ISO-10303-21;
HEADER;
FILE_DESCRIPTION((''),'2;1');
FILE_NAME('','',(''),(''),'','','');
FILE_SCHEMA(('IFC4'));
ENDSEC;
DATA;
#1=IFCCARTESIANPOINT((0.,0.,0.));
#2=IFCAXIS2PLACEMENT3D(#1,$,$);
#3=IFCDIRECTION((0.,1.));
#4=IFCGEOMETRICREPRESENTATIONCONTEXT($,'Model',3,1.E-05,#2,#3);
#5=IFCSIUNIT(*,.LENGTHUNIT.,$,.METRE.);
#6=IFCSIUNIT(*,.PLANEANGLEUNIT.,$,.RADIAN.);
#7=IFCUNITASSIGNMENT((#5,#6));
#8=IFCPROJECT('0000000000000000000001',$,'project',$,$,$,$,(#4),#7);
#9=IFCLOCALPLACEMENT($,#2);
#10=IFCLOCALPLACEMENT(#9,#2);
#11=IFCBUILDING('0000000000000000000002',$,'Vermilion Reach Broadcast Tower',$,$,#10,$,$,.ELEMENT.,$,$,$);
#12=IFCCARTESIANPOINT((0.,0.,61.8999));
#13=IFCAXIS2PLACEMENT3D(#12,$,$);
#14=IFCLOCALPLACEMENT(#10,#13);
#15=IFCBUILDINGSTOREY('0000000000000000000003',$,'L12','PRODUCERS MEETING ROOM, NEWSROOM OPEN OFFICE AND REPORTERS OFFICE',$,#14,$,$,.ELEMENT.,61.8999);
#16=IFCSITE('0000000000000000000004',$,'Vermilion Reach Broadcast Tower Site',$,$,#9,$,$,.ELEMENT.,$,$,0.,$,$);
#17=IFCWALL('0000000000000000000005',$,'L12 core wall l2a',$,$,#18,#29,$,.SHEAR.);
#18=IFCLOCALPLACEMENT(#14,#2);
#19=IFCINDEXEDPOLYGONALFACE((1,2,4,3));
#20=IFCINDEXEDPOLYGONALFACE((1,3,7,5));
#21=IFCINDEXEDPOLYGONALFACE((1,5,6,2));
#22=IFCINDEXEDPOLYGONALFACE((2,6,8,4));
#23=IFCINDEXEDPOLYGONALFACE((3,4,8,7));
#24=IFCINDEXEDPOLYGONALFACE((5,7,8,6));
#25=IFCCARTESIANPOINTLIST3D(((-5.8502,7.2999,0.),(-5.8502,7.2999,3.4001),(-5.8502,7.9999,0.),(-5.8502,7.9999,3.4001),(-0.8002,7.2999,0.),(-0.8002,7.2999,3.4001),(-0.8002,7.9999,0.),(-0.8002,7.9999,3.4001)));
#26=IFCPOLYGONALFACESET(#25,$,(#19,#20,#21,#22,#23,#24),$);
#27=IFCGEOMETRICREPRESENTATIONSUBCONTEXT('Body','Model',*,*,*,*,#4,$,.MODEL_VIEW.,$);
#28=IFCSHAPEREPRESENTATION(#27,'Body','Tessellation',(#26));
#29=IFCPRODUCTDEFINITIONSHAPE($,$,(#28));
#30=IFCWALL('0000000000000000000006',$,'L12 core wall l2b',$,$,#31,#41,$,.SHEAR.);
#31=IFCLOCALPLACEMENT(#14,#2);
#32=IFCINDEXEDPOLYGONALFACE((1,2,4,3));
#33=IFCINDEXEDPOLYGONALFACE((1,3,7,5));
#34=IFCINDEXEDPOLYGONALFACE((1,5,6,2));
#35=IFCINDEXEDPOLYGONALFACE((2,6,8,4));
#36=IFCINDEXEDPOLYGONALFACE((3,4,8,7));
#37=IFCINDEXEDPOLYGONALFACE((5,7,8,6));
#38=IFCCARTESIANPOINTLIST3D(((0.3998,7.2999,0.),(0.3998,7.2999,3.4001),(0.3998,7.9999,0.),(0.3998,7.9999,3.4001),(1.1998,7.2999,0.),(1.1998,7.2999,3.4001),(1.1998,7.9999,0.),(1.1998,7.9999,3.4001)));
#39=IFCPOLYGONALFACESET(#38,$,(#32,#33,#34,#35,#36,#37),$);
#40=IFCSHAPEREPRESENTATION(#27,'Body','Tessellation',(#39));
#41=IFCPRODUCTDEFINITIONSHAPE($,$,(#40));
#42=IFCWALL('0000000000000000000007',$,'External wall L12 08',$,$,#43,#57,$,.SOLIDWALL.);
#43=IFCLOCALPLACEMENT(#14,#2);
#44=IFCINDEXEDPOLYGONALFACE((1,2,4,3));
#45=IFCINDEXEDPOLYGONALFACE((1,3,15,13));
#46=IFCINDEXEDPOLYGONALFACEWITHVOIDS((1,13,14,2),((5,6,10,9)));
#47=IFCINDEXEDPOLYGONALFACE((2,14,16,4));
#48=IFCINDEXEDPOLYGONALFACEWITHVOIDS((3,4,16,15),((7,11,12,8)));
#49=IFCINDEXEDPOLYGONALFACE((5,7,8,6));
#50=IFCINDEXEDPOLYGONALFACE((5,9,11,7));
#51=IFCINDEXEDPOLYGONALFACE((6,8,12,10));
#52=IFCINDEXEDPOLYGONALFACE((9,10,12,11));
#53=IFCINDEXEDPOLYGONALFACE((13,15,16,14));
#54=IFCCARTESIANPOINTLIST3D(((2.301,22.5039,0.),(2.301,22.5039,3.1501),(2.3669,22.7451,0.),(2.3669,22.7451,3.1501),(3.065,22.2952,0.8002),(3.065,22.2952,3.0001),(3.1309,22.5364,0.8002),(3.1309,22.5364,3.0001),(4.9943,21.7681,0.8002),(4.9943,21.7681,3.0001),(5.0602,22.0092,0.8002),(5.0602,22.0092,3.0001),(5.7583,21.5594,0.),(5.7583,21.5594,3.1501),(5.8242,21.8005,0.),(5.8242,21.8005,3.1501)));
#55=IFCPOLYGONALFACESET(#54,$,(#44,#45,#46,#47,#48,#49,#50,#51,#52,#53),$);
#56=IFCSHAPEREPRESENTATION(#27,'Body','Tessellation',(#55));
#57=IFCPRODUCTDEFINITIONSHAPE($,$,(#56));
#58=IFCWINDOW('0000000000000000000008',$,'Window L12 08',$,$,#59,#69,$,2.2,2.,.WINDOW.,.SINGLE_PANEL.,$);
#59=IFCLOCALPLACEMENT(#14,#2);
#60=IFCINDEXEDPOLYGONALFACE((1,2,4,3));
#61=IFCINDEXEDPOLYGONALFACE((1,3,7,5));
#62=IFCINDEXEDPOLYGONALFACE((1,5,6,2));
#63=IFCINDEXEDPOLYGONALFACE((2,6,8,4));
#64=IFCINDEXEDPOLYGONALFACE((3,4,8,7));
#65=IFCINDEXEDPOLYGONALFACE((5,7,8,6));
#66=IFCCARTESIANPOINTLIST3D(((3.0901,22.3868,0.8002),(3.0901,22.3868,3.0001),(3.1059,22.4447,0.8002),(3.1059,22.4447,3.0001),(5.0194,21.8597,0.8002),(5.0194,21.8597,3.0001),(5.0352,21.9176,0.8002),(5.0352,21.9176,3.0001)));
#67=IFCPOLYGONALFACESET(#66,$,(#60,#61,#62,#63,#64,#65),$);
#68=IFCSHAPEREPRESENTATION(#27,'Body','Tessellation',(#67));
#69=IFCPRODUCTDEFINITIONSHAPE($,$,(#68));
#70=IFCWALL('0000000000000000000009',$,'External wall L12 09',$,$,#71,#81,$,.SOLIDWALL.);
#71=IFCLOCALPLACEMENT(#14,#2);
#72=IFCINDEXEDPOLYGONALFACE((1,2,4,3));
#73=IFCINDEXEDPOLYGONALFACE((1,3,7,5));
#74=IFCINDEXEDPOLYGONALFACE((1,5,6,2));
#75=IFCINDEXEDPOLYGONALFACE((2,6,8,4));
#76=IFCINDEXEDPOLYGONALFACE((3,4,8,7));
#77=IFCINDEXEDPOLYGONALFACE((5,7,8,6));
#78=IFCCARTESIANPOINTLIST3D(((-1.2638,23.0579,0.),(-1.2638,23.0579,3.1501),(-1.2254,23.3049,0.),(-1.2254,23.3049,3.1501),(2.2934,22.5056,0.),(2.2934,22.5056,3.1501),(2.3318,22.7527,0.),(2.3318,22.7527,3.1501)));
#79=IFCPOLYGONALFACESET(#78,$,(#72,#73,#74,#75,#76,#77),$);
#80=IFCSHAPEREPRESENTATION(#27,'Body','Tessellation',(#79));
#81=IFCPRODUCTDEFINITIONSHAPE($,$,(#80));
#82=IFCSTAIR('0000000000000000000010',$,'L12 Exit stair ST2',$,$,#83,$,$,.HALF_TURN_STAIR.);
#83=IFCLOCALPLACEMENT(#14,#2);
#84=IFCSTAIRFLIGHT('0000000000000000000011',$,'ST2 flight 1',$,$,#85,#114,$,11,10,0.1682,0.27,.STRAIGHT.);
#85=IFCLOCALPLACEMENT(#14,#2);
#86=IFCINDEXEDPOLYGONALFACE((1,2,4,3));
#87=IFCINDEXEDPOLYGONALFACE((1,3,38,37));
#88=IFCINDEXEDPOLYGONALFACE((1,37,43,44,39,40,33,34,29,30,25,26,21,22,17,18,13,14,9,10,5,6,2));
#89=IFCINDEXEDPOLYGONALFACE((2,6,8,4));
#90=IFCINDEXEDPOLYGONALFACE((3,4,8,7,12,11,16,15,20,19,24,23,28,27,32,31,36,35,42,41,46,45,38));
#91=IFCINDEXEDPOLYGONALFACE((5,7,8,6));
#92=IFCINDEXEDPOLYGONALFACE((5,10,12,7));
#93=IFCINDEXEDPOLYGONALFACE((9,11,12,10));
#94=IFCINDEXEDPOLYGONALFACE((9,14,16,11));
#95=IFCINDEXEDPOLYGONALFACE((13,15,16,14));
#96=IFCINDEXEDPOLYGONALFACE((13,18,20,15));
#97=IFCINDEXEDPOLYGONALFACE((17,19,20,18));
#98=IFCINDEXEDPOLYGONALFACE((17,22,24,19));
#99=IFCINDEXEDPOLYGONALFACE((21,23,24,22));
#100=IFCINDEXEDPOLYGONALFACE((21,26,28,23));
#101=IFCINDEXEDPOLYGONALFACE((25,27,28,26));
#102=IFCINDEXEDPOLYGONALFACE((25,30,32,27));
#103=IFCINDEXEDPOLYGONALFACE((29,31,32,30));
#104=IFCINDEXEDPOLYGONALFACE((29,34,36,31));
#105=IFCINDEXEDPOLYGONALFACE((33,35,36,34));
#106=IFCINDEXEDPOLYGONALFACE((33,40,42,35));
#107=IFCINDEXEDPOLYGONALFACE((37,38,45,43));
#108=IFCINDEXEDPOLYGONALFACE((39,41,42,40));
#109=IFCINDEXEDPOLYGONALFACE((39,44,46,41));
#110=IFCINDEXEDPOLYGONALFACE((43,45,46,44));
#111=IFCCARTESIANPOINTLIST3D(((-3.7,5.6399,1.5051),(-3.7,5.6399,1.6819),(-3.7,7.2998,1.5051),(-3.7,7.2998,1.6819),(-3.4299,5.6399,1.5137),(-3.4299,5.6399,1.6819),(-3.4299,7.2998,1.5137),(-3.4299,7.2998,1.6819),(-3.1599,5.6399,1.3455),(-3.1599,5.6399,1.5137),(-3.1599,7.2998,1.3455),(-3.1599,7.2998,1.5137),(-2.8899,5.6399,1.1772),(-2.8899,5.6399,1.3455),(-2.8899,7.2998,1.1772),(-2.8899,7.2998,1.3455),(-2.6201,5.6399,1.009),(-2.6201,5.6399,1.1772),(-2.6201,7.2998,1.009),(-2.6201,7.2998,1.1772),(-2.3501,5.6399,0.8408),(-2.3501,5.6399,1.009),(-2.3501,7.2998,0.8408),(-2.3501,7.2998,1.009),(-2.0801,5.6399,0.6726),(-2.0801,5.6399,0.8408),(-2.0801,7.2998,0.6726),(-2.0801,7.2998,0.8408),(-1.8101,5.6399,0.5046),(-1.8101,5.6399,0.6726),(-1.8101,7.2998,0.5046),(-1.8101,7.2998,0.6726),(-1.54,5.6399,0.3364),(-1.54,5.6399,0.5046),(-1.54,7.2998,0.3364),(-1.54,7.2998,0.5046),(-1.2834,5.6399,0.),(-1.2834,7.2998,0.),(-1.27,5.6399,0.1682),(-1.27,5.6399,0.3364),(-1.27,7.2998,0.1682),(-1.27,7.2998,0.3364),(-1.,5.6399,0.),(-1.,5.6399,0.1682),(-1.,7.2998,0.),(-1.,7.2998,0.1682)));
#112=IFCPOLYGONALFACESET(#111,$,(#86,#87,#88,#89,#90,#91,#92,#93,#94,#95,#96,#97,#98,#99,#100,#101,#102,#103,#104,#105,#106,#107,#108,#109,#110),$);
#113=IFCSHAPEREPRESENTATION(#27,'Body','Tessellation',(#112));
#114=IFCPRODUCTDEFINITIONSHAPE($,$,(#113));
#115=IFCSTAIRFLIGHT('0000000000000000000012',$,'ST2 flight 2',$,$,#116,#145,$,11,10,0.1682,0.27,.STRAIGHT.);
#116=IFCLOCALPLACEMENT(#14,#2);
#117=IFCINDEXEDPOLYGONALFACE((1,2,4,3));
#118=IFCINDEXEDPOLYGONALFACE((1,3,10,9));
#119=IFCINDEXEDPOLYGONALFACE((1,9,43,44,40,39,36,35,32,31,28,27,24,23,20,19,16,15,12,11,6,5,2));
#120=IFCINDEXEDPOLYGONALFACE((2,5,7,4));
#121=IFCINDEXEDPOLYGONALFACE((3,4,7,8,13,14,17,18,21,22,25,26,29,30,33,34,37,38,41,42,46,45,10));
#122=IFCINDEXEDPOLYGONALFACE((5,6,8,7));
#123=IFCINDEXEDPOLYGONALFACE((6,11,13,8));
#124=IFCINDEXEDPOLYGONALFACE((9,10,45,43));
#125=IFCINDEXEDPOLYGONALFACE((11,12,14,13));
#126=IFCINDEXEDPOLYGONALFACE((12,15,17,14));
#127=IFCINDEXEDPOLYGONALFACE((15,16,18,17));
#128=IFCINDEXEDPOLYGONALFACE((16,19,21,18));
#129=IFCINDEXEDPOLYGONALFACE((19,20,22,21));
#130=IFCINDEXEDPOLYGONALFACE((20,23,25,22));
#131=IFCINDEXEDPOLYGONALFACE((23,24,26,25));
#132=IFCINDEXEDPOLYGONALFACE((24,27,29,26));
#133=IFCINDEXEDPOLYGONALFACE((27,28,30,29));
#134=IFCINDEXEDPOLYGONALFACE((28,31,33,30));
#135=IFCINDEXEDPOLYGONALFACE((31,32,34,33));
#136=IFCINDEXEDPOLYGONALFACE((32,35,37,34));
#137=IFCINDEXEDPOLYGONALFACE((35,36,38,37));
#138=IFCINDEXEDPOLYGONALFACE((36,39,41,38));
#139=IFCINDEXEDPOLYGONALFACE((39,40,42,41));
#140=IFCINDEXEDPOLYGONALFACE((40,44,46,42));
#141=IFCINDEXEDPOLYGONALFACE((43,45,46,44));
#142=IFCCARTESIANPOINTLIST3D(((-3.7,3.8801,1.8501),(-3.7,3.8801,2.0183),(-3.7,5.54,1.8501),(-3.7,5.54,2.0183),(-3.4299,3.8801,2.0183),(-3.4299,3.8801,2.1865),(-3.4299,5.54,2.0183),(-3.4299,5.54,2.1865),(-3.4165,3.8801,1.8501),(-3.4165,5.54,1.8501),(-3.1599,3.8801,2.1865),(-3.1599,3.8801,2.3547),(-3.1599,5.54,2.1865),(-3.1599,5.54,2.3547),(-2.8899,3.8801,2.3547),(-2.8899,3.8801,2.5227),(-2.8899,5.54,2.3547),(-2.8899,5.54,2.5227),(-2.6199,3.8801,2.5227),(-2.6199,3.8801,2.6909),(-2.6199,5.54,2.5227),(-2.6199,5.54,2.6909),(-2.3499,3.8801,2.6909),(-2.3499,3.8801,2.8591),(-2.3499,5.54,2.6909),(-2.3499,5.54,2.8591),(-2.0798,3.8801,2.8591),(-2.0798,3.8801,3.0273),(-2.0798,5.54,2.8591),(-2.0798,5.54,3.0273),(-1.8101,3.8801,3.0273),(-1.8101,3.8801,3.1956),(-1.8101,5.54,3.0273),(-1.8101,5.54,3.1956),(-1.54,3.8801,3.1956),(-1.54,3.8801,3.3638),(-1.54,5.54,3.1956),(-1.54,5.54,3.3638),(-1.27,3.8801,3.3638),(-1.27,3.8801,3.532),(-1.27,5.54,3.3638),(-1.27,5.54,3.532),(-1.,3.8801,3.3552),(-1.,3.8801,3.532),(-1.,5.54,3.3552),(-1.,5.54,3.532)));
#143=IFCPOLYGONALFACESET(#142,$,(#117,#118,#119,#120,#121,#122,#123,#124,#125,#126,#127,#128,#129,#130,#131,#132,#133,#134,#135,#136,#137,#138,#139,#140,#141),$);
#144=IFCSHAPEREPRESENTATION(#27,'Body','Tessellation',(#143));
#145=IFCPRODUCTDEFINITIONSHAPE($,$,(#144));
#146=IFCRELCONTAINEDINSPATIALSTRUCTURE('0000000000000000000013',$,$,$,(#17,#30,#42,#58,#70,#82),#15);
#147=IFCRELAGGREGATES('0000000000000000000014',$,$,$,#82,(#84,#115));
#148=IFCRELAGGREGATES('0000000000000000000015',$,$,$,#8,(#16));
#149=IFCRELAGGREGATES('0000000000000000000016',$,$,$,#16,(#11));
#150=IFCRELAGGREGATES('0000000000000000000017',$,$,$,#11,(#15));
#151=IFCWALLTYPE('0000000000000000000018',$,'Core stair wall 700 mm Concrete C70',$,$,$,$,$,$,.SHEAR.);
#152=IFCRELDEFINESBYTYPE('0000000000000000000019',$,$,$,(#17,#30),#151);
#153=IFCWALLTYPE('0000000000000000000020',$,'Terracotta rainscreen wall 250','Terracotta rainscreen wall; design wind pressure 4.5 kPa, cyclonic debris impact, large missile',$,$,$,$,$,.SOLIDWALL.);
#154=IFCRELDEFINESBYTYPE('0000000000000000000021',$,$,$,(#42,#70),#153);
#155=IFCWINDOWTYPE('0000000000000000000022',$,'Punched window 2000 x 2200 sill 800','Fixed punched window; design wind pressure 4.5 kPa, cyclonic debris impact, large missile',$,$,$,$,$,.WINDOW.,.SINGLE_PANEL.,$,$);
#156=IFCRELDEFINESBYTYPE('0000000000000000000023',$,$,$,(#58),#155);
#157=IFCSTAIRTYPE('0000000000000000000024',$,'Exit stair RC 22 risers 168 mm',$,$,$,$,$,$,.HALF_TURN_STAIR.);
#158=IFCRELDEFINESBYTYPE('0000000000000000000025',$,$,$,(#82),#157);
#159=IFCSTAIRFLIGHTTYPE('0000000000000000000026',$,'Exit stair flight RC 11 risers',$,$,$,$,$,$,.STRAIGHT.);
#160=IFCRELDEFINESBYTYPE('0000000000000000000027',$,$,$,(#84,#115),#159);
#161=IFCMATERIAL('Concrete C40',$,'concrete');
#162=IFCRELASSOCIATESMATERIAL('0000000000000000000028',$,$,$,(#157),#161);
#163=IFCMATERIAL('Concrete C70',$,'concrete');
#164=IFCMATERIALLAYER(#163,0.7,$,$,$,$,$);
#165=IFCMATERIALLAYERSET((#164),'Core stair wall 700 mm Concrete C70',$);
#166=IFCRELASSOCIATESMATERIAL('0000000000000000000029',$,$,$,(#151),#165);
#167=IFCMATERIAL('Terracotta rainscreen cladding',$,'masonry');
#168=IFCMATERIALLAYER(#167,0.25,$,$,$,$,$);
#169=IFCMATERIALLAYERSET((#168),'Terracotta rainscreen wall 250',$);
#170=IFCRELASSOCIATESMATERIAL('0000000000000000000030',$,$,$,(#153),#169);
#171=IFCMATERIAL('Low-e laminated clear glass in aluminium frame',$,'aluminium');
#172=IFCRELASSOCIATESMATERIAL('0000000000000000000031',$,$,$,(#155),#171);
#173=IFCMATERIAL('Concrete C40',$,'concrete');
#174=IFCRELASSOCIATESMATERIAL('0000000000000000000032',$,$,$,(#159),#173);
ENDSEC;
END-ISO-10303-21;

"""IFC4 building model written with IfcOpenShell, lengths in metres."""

from ifc_helpers import new_model, si_unit, direction, frame, frame_2d, origin, place, context, subcontext, project, spatial, polyline, rectangle, outline, extrude, material, layer, layer_set, type_object, element, fill, aggregate, save


model = new_model("IFC4")

# Units and contexts
model_context = context("Model", 3, precision=1e-05, world=origin(), true_north=direction((0.0, 1.0)))
body_context = subcontext(model_context, "Body", "Model", "MODEL_VIEW")
ifc_project = project(units=[si_unit("LENGTHUNIT", "METRE"), si_unit("PLANEANGLEUNIT", "RADIAN")], contexts=[model_context])

# Site, building, storey
site_placement = place(None, origin())
site = spatial("IfcSite", under=ifc_project, at=site_placement, Name="Vermilion Reach Broadcast Tower Site", CompositionType="ELEMENT", RefElevation=0.0)
building_placement = place(site_placement, origin())
building = spatial("IfcBuilding", under=site, at=building_placement, Name="Vermilion Reach Broadcast Tower", CompositionType="ELEMENT")
storey_placement = place(building_placement, frame((0.0, 0.0, 61.8999)))
storey = spatial("IfcBuildingStorey", under=building, at=storey_placement, Name="L12", Description="PRODUCERS MEETING ROOM, NEWSROOM OPEN OFFICE AND REPORTERS OFFICE", CompositionType="ELEMENT", Elevation=61.8999)

# Shared definitions
placement = place(storey_placement, origin())

# Shared definitions
ifc_material_1 = material(Name="Concrete C40", Category="concrete")
stair_type = type_object("IfcStairType", Name="Exit stair RC 22 risers 168 mm", PredefinedType="HALF_TURN_STAIR", material=ifc_material_1)

# Walls
ifc_material_2 = material(Name="Concrete C70", Category="concrete")
ifc_layer_1 = layer(ifc_material_2, 0.7)
ifc_layer_set_1 = layer_set([ifc_layer_1], Name="Core stair wall 700 mm Concrete C70")
wall_type_1 = type_object("IfcWallType", Name="Core stair wall 700 mm Concrete C70", PredefinedType="SHEAR", material=ifc_layer_set_1)
wall_1_placement = place(storey_placement, frame((-5.8501, 7.6499, 0.0), z_axis=(0.0, 0.0, 1.0), x_axis=(1.0, 0.0, 0.0)))
element("IfcWall", 1, at=wall_1_placement, inside=storey, type_object=wall_type_1, Name="L12 core wall l2a", PredefinedType="SHEAR", context=body_context, shape_type="SweptSolid", body=[
    extrude(rectangle(XDim=5.05, YDim=0.7, at=frame_2d((2.5249, 0.0))), origin(), (0.0, 0.0, 1.0), 3.4001),
])
wall_2_placement = place(storey_placement, frame((0.3999, 7.6499, 0.0), z_axis=(0.0, 0.0, 1.0), x_axis=(1.0, 0.0, 0.0)))
element("IfcWall", 2, at=wall_2_placement, inside=storey, type_object=wall_type_1, Name="L12 core wall l2b", PredefinedType="SHEAR", context=body_context, shape_type="SweptSolid", body=[
    extrude(rectangle(XDim=0.8, YDim=0.7, at=frame_2d((0.3999, 0.0))), origin(), (0.0, 0.0, 1.0), 3.4001),
])

# Wall, opening, window
ifc_material_3 = material(Name="Terracotta rainscreen cladding", Category="masonry")
ifc_layer_2 = layer(ifc_material_3, 0.25)
ifc_layer_set_2 = layer_set([ifc_layer_2], Name="Terracotta rainscreen wall 250")
wall_type_2 = type_object("IfcWallType", Name="Terracotta rainscreen wall 250", Description="Terracotta rainscreen wall; design wind pressure 4.5 kPa, cyclonic debris impact, large missile", PredefinedType="SOLIDWALL", material=ifc_layer_set_2)
wall_3_placement = place(storey_placement, frame((5.7913, 21.6799, 0.0), z_axis=(0.0, 0.0, 1.0), x_axis=(-0.964644, 0.263555, 0.0)))
wall_3 = element("IfcWall", 3, at=wall_3_placement, inside=storey, type_object=wall_type_2, Name="External wall L12 08", PredefinedType="SOLIDWALL", context=body_context, shape_type="SweptSolid", body=[
    extrude(rectangle(XDim=3.584, YDim=0.25, at=frame_2d((1.792, 0.0))), origin(), (0.0, 0.0, 1.0), 3.1501),
])
opening_placement = place(wall_3_placement, frame((0.792, 0.0, 0.8)))
opening = element("IfcOpeningElement", 4, at=opening_placement, cuts=wall_3, PredefinedType="OPENING", context=body_context, shape_type="SweptSolid", body=[
    extrude(rectangle(XDim=2.0, YDim=2.2, at=frame_2d((1.0, 1.1001))), frame((0.0, 0.135, 0.0), z_axis=(0.0, -1.0, 0.0), x_axis=(1.0, 0.0, 0.0)), (0.0, 0.0, 1.0), 0.27),
])
ifc_material_4 = material(Name="Low-e laminated clear glass in aluminium frame", Category="aluminium")
window_type = type_object("IfcWindowType", Name="Punched window 2000 x 2200 sill 800", Description="Fixed punched window; design wind pressure 4.5 kPa, cyclonic debris impact, large missile", PartitioningType="SINGLE_PANEL", PredefinedType="WINDOW", material=ifc_material_4)
window_placement = place(opening_placement, origin())
window = element("IfcWindow", 5, at=window_placement, inside=storey, type_object=window_type, Name="Window L12 08", OverallHeight=2.2, OverallWidth=2.0, PartitioningType="SINGLE_PANEL", PredefinedType="WINDOW", context=body_context, shape_type="SweptSolid", body=[
    extrude(rectangle(XDim=2.0, YDim=2.2, at=frame_2d((1.0, 1.1001))), frame((0.0, 0.03, 0.0), z_axis=(0.0, -1.0, 0.0), x_axis=(1.0, 0.0, 0.0)), (0.0, 0.0, 1.0), 0.0601),
])
fill(opening, window)

# Wall
wall_4_placement = place(storey_placement, frame((2.3125, 22.6292, 0.0), z_axis=(0.0, 0.0, 1.0), x_axis=(-0.988162, 0.153413, 0.0)))
element("IfcWall", 6, at=wall_4_placement, inside=storey, type_object=wall_type_2, Name="External wall L12 09", PredefinedType="SOLIDWALL", context=body_context, shape_type="SweptSolid", body=[
    extrude(rectangle(XDim=3.5999, YDim=0.25, at=frame_2d((1.7998, 0.0))), origin(), (0.0, 0.0, 1.0), 3.1501),
])

# Stair, stair flights
stair_1 = element("IfcStair", 7, at=placement, inside=storey, type_object=stair_type, Name="L12 Exit stair ST2", PredefinedType="HALF_TURN_STAIR")
ifc_material_5 = material(Name="Concrete C40", Category="concrete")
stair_flight_type = type_object("IfcStairFlightType", Name="Exit stair flight RC 11 risers", PredefinedType="STRAIGHT", material=ifc_material_5)
stair_flight_1_placement = place(storey_placement, frame((-1.0, 6.47, 0.0), z_axis=(0.0, 0.0, 1.0), x_axis=(-1.0, 0.0, 0.0)))
stair_flight_1 = element("IfcStairFlight", 8, at=stair_flight_1_placement, type_object=stair_flight_type, Name="ST2 flight 1", NumberOfRisers=11, NumberOfTreads=10, PredefinedType="STRAIGHT", RiserHeight=0.1682, TreadLength=0.27, context=body_context, shape_type="SweptSolid", body=[
    extrude(outline(polyline([(0.0, 0.0), (0.0, 0.1682), (0.27, 0.1682), (0.27, 0.3364), (0.54, 0.3364), (0.54, 0.5046), (0.8101, 0.5046), (0.8101, 0.6726), (1.0801, 0.6726), (1.0801, 0.8408), (1.3501, 0.8408), (1.3501, 1.009), (1.6201, 1.009), (1.6201, 1.1772), (1.8899, 1.1772), (1.8899, 1.3455), (2.1599, 1.3455), (2.1599, 1.5137), (2.4299, 1.5137), (2.4299, 1.6819), (2.7, 1.6819), (2.7, 1.8501), (2.7, 1.5051), (0.2834, 0.0), (0.0, 0.0)])), frame((0.0, 0.8301, 0.0), z_axis=(0.0, -1.0, 0.0), x_axis=(1.0, 0.0, 0.0)), (0.0, 0.0, 1.0), 1.6599),
])
stair_flight_2_placement = place(storey_placement, frame((-3.7, 4.71, 1.8501), z_axis=(0.0, 0.0, 1.0), x_axis=(1.0, 0.0, 0.0)))
stair_flight_2 = element("IfcStairFlight", 9, at=stair_flight_2_placement, type_object=stair_flight_type, Name="ST2 flight 2", NumberOfRisers=11, NumberOfTreads=10, PredefinedType="STRAIGHT", RiserHeight=0.1682, TreadLength=0.27, context=body_context, shape_type="SweptSolid", body=[
    extrude(outline(polyline([(0.0, 0.0), (0.0, 0.1682), (0.27, 0.1682), (0.27, 0.3364), (0.54, 0.3364), (0.54, 0.5046), (0.8101, 0.5046), (0.8101, 0.6726), (1.0801, 0.6726), (1.0801, 0.8408), (1.3501, 0.8408), (1.3501, 1.009), (1.6201, 1.009), (1.6201, 1.1772), (1.8899, 1.1772), (1.8899, 1.3455), (2.1599, 1.3455), (2.1599, 1.5137), (2.4299, 1.5137), (2.4299, 1.6819), (2.7, 1.6819), (2.7, 1.8501), (2.7, 1.5051), (0.2834, 0.0), (0.0, 0.0)])), frame((0.0, 0.8301, 0.0), z_axis=(0.0, -1.0, 0.0), x_axis=(1.0, 0.0, 0.0)), (0.0, 0.0, 1.0), 1.6599),
])
aggregate(stair_1, [stair_flight_1, stair_flight_2])

save(model, "model.ifc")
